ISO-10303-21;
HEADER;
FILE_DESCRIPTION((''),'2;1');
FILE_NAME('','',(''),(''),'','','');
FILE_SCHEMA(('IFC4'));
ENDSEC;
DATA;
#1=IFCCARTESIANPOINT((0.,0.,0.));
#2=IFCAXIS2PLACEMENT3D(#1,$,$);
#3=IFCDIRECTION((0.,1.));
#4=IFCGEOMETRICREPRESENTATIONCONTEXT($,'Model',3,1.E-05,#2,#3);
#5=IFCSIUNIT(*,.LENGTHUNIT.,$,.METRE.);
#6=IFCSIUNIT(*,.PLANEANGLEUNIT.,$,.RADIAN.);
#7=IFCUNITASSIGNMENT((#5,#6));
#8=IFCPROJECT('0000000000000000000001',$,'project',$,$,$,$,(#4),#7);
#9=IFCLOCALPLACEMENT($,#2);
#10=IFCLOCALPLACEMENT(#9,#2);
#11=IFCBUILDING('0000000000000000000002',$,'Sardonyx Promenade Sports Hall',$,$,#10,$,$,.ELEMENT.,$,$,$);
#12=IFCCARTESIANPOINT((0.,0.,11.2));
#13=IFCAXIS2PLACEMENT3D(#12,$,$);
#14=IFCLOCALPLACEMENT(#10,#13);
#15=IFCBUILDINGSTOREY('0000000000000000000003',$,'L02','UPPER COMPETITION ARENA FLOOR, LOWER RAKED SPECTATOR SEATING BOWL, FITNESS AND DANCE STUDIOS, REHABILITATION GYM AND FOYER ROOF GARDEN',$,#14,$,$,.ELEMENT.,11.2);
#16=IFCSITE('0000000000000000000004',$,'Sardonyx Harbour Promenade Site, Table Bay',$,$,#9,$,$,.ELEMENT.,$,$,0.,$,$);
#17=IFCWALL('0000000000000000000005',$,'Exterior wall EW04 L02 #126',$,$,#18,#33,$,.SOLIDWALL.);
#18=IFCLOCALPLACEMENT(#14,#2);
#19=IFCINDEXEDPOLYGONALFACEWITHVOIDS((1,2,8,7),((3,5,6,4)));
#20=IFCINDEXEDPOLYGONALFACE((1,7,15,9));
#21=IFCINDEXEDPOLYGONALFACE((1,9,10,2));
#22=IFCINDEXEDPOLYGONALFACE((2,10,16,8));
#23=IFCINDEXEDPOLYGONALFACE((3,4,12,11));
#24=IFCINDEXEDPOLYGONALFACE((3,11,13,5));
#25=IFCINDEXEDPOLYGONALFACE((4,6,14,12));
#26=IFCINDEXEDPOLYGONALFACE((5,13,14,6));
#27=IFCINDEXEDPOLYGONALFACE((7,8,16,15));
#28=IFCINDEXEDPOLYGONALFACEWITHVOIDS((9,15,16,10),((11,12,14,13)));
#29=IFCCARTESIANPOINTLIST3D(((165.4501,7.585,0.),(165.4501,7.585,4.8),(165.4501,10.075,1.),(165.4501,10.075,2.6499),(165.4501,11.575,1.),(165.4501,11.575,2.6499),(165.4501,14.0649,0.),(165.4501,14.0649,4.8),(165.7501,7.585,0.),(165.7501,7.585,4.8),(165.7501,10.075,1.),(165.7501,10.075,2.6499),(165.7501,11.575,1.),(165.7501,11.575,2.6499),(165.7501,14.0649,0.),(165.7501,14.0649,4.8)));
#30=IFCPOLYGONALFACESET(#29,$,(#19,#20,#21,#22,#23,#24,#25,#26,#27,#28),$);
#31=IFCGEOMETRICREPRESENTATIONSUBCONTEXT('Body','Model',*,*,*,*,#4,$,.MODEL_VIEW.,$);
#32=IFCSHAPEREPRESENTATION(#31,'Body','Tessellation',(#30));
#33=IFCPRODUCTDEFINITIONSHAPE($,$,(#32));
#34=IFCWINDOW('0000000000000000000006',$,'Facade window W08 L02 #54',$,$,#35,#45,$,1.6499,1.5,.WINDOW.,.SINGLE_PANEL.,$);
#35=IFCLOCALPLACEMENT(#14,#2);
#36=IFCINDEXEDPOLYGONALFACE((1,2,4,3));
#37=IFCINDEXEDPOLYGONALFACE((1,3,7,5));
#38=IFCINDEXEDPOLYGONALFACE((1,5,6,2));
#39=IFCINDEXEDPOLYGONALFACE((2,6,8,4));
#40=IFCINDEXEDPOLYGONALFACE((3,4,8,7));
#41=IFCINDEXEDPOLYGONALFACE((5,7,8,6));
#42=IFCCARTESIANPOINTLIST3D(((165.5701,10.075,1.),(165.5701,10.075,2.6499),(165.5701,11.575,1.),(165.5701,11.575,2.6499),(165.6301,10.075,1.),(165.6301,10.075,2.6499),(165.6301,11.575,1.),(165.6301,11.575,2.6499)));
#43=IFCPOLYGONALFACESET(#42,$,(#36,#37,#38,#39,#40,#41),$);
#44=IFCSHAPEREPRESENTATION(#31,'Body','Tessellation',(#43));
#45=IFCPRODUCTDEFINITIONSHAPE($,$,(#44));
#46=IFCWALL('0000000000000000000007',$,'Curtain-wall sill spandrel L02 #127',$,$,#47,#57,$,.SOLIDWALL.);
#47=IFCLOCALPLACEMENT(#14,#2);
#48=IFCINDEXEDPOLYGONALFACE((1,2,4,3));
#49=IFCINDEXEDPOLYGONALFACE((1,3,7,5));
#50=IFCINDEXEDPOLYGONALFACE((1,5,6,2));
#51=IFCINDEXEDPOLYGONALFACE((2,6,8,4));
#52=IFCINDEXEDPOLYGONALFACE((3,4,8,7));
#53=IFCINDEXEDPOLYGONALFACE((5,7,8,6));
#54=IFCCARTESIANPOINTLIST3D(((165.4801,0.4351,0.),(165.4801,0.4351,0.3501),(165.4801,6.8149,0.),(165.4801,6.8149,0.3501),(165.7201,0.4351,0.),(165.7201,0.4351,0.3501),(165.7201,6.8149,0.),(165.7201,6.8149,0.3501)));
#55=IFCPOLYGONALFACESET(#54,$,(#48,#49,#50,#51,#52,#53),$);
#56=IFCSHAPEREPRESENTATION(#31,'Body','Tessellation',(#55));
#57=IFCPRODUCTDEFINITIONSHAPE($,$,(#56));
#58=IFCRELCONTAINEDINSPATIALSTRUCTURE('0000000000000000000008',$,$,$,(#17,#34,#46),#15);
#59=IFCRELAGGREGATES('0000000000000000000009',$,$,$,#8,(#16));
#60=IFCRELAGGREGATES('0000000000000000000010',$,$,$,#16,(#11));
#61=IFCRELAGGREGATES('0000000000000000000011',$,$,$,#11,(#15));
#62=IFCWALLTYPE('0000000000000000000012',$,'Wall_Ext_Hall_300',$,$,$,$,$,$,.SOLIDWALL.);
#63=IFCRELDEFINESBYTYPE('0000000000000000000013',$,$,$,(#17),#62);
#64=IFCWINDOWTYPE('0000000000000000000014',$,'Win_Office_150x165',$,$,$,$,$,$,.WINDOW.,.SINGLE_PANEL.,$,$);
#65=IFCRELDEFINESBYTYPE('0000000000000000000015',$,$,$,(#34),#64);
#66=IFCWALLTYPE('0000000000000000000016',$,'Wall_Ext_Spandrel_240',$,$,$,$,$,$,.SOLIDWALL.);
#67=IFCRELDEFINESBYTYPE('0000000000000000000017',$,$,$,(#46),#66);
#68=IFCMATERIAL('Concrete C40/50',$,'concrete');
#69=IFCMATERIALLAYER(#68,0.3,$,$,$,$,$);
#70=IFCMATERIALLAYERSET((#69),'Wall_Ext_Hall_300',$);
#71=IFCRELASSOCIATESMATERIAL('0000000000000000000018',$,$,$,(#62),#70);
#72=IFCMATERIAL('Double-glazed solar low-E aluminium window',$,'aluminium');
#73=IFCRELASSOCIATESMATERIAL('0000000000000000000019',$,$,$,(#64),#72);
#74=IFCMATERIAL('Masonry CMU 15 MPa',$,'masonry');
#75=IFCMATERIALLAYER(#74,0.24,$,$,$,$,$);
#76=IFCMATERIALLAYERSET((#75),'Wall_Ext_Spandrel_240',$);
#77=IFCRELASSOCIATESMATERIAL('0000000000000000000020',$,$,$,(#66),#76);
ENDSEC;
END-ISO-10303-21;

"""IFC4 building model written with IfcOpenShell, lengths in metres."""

from ifc_helpers import new_model, si_unit, direction, frame, frame_2d, origin, place, context, subcontext, project, spatial, rectangle, extrude, material, layer, layer_set, type_object, element, fill, save


model = new_model("IFC4")

# Units and contexts
model_context = context("Model", 3, precision=1e-05, world=origin(), true_north=direction((0.0, 1.0)))
body_context = subcontext(model_context, "Body", "Model", "MODEL_VIEW")
ifc_project = project(units=[si_unit("LENGTHUNIT", "METRE"), si_unit("PLANEANGLEUNIT", "RADIAN")], contexts=[model_context])

# Site, building, storey
site_placement = place(None, origin())
site = spatial("IfcSite", under=ifc_project, at=site_placement, Name="Sardonyx Harbour Promenade Site, Table Bay", CompositionType="ELEMENT", RefElevation=0.0)
building_placement = place(site_placement, origin())
building = spatial("IfcBuilding", under=site, at=building_placement, Name="Sardonyx Promenade Sports Hall", CompositionType="ELEMENT")
storey_placement = place(building_placement, frame((0.0, 0.0, 11.2)))
storey = spatial("IfcBuildingStorey", under=building, at=storey_placement, Name="L02", Description="UPPER COMPETITION ARENA FLOOR, LOWER RAKED SPECTATOR SEATING BOWL, FITNESS AND DANCE STUDIOS, REHABILITATION GYM AND FOYER ROOF GARDEN", CompositionType="ELEMENT", Elevation=11.2)

# Wall, opening, window
ifc_material_1 = material(Name="Concrete C40/50", Category="concrete")
ifc_layer_1 = layer(ifc_material_1, 0.3)
ifc_layer_set_1 = layer_set([ifc_layer_1], Name="Wall_Ext_Hall_300")
wall_type_1 = type_object("IfcWallType", Name="Wall_Ext_Hall_300", PredefinedType="SOLIDWALL", material=ifc_layer_set_1)
wall_1_placement = place(storey_placement, frame((165.6001, 14.0649, 0.0), z_axis=(0.0, 0.0, 1.0), x_axis=(0.0, -1.0, 0.0)))
wall_1 = element("IfcWall", 1, at=wall_1_placement, inside=storey, type_object=wall_type_1, Name="Exterior wall EW04 L02 #126", PredefinedType="SOLIDWALL", context=body_context, shape_type="SweptSolid", body=[
    extrude(rectangle(XDim=6.48, YDim=0.3, at=frame_2d((3.24, 0.0))), origin(), (0.0, 0.0, 1.0), 4.8),
])
opening_placement = place(wall_1_placement, frame((2.49, 0.0, 1.0)))
opening = element("IfcOpeningElement", 2, at=opening_placement, cuts=wall_1, PredefinedType="OPENING", context=body_context, shape_type="SweptSolid", body=[
    extrude(rectangle(XDim=1.5, YDim=1.6499, at=frame_2d((0.75, 0.825))), frame((0.0, 0.16, 0.0), z_axis=(0.0, -1.0, 0.0), x_axis=(1.0, 0.0, 0.0)), (0.0, 0.0, 1.0), 0.32),
])
ifc_material_2 = material(Name="Double-glazed solar low-E aluminium window", Category="aluminium")
window_type = type_object("IfcWindowType", Name="Win_Office_150x165", PartitioningType="SINGLE_PANEL", PredefinedType="WINDOW", material=ifc_material_2)
window_placement = place(opening_placement, origin())
window = element("IfcWindow", 3, at=window_placement, inside=storey, type_object=window_type, Name="Facade window W08 L02 #54", OverallHeight=1.6499, OverallWidth=1.5, PartitioningType="SINGLE_PANEL", PredefinedType="WINDOW", context=body_context, shape_type="SweptSolid", body=[
    extrude(rectangle(XDim=1.5, YDim=1.6499, at=frame_2d((0.75, 0.825))), frame((0.0, 0.03, 0.0), z_axis=(0.0, -1.0, 0.0), x_axis=(1.0, 0.0, 0.0)), (0.0, 0.0, 1.0), 0.0601),
])
fill(opening, window)

# Wall
ifc_material_3 = material(Name="Masonry CMU 15 MPa", Category="masonry")
ifc_layer_2 = layer(ifc_material_3, 0.24)
ifc_layer_set_2 = layer_set([ifc_layer_2], Name="Wall_Ext_Spandrel_240")
wall_type_2 = type_object("IfcWallType", Name="Wall_Ext_Spandrel_240", PredefinedType="SOLIDWALL", material=ifc_layer_set_2)
wall_2_placement = place(storey_placement, frame((165.6001, 6.8149, 0.0), z_axis=(0.0, 0.0, 1.0), x_axis=(0.0, -1.0, 0.0)))
element("IfcWall", 4, at=wall_2_placement, inside=storey, type_object=wall_type_2, Name="Curtain-wall sill spandrel L02 #127", PredefinedType="SOLIDWALL", context=body_context, shape_type="SweptSolid", body=[
    extrude(rectangle(XDim=6.3799, YDim=0.24, at=frame_2d((3.1899, 0.0))), origin(), (0.0, 0.0, 1.0), 0.3501),
])

save(model, "model.ifc")
